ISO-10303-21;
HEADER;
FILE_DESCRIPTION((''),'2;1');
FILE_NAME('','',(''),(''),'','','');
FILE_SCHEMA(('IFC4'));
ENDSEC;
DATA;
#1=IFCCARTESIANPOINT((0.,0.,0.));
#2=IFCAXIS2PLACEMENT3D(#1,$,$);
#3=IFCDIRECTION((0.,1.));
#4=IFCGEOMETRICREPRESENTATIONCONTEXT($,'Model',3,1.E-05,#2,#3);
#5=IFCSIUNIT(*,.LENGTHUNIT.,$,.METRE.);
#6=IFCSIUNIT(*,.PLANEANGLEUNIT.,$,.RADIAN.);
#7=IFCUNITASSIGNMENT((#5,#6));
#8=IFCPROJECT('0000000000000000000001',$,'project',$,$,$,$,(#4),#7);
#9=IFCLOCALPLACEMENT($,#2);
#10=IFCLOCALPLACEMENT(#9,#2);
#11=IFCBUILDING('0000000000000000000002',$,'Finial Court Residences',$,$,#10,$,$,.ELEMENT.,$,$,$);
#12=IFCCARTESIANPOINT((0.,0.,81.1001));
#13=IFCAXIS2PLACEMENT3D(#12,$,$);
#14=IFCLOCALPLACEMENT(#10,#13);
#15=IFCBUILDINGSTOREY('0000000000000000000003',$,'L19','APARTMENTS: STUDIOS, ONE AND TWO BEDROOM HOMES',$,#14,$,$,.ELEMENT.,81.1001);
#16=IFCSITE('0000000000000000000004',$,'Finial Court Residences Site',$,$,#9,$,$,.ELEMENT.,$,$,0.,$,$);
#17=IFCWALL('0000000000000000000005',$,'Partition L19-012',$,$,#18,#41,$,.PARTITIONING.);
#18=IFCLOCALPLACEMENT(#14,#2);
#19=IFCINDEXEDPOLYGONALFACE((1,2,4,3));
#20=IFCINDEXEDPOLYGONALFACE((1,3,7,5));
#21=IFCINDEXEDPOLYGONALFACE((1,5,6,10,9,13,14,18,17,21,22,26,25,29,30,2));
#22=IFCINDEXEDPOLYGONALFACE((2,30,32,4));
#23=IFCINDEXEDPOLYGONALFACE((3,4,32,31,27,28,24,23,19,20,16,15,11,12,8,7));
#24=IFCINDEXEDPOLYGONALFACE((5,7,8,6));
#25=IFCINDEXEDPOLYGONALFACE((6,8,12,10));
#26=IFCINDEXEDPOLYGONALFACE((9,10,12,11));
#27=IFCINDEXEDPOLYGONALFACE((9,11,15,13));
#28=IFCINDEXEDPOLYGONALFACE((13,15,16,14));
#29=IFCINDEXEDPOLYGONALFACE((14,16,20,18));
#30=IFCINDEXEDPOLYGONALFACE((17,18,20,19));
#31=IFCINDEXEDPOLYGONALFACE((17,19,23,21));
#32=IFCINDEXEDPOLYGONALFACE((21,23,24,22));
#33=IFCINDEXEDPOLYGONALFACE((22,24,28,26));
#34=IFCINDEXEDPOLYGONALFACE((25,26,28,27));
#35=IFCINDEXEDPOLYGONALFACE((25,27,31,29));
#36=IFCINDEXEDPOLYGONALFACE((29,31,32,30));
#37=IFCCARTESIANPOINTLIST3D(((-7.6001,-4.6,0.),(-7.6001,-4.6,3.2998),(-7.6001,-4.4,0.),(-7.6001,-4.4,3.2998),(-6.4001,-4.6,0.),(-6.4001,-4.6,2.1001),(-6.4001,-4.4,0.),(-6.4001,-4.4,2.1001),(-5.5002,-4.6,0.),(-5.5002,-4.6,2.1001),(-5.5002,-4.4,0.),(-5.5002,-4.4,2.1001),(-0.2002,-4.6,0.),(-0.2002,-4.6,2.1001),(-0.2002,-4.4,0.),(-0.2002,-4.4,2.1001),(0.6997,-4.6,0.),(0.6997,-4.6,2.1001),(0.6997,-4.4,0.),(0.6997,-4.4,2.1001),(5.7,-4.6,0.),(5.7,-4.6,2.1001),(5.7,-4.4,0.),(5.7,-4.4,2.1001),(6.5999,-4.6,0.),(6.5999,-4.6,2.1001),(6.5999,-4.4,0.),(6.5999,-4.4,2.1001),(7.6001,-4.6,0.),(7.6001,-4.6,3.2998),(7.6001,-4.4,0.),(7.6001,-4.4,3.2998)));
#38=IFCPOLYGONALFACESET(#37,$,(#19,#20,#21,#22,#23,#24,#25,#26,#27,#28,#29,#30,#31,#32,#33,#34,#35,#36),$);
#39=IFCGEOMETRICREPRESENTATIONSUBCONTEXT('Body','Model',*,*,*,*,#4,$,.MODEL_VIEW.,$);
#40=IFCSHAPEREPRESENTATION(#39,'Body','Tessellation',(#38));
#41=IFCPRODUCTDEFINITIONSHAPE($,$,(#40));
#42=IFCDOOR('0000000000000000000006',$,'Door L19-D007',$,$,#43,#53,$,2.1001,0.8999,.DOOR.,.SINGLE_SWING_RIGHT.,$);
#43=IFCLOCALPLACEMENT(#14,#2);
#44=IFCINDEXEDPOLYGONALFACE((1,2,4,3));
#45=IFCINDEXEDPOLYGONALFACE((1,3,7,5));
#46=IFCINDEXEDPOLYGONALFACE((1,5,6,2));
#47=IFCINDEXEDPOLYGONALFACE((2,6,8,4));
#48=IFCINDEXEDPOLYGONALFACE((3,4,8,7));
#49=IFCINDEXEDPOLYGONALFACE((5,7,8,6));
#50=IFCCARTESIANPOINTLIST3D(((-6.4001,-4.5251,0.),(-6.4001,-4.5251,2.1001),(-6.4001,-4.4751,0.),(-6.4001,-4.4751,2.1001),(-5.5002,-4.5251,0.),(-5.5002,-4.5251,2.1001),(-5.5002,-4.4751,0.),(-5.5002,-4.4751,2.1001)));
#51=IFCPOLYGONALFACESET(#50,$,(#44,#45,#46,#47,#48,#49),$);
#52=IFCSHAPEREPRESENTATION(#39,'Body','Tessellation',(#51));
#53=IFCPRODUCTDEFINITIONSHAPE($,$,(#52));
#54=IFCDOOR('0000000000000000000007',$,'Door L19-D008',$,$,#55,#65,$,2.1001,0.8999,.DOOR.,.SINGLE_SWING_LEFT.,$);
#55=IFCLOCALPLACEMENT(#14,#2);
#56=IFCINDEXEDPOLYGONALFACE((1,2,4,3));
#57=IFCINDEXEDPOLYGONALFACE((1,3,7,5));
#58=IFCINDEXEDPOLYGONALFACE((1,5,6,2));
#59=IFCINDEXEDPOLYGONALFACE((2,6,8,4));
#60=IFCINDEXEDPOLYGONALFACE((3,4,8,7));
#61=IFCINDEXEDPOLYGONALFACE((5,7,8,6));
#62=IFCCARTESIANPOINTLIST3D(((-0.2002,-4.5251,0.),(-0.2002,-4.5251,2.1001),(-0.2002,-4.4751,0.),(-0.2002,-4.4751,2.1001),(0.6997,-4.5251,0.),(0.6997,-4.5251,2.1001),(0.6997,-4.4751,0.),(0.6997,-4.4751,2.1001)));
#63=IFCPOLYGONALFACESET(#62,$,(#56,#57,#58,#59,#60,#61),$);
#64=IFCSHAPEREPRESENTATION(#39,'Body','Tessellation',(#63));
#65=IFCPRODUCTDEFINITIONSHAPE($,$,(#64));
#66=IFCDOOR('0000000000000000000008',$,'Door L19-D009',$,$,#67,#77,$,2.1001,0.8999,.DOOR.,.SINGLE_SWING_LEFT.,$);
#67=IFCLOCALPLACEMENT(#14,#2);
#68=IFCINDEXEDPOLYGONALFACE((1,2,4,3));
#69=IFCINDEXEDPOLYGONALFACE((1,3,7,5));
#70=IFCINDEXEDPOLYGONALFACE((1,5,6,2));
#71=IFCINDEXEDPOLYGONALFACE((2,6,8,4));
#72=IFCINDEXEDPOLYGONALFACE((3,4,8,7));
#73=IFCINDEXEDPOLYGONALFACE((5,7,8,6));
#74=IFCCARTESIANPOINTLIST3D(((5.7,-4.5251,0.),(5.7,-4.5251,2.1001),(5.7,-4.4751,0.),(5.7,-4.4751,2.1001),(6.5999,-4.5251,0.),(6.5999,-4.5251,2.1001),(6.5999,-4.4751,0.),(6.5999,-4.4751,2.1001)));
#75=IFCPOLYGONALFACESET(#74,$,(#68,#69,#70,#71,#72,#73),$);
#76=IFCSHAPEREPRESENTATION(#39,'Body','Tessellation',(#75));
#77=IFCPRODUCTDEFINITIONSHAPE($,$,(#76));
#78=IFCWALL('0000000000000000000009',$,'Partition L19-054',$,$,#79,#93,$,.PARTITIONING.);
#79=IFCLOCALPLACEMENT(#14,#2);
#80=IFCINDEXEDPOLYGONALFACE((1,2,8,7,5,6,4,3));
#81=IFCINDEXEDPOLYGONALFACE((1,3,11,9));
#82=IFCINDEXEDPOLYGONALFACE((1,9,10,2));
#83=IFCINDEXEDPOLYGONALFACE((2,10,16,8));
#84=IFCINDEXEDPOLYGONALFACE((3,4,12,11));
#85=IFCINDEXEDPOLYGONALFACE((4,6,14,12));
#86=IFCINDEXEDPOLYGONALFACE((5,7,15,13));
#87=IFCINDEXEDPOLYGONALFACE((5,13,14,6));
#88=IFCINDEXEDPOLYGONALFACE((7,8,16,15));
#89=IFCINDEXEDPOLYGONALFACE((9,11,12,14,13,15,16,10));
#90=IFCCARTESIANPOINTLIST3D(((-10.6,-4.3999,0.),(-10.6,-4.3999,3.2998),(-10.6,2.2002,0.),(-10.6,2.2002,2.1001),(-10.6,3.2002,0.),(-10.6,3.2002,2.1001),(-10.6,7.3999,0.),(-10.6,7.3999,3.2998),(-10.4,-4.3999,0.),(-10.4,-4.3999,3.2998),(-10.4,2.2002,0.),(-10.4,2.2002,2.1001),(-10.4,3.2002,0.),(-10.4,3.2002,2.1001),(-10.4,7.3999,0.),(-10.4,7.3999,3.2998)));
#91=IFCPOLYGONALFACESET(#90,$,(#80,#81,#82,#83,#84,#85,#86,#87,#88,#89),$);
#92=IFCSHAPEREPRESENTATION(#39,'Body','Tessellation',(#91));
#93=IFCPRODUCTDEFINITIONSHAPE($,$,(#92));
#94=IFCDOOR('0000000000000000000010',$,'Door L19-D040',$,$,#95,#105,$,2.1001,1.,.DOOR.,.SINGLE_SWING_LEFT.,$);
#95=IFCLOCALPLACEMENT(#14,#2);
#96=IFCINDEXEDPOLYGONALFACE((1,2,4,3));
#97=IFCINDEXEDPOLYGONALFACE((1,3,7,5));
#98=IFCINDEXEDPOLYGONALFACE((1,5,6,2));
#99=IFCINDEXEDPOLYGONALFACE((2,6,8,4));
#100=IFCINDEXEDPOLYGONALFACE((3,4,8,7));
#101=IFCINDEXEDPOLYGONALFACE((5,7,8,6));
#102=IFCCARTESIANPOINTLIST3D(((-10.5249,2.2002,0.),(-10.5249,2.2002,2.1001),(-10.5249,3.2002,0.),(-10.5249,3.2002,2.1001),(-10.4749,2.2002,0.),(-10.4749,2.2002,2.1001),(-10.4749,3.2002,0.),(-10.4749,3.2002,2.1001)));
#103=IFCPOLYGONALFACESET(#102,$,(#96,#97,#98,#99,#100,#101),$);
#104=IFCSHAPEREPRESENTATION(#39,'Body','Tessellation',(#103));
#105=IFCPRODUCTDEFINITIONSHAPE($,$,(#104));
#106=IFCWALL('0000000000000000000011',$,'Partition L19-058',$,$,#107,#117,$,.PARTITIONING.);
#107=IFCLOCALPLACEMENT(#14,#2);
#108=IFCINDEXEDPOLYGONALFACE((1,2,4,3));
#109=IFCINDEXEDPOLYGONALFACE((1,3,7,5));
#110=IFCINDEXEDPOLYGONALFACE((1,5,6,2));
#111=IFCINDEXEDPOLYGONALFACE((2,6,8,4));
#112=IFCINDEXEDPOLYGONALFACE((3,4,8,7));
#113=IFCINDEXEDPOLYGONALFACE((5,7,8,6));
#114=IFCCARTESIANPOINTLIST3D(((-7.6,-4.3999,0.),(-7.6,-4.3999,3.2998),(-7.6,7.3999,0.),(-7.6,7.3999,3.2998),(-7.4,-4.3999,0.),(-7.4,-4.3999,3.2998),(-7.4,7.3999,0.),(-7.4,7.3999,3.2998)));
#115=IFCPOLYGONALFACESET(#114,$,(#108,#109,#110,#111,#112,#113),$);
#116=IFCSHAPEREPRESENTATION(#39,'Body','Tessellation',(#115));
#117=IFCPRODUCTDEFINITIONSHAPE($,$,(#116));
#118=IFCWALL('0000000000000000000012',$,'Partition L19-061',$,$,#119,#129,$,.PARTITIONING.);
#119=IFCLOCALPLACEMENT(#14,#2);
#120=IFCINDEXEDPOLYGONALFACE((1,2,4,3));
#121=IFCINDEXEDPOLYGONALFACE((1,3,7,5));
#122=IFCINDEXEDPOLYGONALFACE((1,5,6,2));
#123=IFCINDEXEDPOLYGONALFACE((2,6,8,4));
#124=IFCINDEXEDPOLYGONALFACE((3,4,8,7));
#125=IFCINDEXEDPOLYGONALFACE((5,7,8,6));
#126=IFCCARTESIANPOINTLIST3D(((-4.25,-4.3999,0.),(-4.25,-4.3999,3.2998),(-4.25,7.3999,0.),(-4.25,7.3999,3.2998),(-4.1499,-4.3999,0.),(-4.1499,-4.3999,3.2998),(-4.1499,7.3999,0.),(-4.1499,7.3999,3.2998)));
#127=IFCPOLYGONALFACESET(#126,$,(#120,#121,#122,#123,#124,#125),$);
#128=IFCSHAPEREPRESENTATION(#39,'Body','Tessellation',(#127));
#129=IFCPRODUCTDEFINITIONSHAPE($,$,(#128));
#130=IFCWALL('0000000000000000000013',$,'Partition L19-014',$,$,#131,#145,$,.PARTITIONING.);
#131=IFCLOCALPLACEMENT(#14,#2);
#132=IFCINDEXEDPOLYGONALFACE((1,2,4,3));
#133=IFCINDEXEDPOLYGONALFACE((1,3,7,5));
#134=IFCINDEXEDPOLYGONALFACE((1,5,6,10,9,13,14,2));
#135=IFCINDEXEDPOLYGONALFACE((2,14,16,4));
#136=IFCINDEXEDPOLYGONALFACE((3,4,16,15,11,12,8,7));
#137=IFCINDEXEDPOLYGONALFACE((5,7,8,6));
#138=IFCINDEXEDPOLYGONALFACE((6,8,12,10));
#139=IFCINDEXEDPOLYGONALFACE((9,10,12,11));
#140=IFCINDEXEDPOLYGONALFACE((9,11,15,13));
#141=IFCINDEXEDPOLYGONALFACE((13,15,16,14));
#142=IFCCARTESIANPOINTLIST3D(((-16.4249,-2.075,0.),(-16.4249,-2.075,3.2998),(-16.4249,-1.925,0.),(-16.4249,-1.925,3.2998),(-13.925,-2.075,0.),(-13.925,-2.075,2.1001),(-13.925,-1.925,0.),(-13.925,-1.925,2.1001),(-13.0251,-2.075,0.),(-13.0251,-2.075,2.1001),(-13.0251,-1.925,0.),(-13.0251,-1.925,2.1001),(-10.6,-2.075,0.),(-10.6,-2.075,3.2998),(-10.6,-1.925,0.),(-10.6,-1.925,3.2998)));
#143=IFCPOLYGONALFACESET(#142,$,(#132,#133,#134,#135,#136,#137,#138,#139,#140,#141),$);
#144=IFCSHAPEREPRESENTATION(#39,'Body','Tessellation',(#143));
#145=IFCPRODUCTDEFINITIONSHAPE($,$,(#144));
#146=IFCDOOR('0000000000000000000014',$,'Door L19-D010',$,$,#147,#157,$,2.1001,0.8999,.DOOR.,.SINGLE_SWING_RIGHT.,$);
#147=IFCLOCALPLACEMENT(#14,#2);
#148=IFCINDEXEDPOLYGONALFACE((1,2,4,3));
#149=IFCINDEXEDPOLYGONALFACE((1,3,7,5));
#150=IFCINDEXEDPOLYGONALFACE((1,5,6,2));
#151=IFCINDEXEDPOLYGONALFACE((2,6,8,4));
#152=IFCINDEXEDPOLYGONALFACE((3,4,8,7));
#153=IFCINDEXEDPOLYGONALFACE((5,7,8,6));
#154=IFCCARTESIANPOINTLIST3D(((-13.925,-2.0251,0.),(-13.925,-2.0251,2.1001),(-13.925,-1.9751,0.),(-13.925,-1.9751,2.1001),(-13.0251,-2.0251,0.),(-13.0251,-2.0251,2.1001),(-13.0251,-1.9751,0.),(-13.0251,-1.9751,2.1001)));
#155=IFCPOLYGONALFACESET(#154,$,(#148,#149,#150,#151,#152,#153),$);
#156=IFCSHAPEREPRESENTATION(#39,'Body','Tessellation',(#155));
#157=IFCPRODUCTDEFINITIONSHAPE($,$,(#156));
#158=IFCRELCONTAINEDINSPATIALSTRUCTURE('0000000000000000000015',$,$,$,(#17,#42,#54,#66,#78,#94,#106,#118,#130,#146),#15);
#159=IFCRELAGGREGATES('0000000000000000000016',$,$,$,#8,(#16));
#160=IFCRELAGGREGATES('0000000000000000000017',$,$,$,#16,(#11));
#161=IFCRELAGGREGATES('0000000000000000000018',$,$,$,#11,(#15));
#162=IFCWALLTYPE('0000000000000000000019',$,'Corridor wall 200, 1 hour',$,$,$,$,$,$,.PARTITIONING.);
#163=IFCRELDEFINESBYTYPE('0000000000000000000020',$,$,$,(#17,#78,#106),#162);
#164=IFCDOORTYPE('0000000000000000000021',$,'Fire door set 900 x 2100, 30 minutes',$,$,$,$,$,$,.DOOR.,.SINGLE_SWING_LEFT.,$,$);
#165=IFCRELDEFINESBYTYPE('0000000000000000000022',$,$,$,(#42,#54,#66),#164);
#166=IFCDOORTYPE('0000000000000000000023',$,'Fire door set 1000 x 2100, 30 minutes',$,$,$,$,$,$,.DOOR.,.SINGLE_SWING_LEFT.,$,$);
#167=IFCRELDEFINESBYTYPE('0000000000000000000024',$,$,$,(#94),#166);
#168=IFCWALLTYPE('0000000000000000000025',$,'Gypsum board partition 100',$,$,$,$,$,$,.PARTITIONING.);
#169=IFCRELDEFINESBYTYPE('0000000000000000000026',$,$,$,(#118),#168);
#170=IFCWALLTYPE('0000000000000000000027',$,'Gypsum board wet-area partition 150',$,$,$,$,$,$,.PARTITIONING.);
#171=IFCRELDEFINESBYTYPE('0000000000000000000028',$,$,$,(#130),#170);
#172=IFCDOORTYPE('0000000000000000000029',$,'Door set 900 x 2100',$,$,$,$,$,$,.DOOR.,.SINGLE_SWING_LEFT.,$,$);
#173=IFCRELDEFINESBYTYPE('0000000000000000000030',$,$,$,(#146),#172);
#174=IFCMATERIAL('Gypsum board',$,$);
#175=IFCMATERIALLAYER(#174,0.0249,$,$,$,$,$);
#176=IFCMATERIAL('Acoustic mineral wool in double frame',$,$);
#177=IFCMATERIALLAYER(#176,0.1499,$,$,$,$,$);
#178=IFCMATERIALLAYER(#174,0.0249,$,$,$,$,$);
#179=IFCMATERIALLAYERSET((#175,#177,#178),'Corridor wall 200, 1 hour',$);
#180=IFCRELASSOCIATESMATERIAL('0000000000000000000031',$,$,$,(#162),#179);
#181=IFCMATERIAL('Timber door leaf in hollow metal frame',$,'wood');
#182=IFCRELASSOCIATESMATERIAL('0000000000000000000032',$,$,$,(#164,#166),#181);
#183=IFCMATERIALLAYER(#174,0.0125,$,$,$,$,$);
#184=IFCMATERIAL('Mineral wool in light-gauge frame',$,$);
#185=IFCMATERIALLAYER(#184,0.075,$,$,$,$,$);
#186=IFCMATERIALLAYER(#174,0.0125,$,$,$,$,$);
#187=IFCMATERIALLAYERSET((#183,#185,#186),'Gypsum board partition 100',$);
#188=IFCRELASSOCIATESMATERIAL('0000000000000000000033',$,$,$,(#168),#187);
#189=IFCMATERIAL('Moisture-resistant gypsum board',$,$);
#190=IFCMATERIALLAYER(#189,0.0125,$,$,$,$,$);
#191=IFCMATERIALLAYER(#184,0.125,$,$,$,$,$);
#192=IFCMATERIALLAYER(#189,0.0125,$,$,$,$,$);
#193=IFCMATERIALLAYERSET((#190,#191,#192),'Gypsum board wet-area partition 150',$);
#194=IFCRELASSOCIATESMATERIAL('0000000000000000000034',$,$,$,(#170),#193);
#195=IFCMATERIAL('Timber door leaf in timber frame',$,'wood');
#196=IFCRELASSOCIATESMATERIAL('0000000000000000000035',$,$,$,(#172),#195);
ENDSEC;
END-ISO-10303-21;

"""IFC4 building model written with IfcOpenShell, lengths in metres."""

from ifc_helpers import new_model, si_unit, direction, frame, frame_2d, origin, place, context, subcontext, project, spatial, rectangle, extrude, material, layer, layer_set, type_object, element, fill, save


model = new_model("IFC4")

# Units and contexts
model_context = context("Model", 3, precision=1e-05, world=origin(), true_north=direction((0.0, 1.0)))
body_context = subcontext(model_context, "Body", "Model", "MODEL_VIEW")
ifc_project = project(units=[si_unit("LENGTHUNIT", "METRE"), si_unit("PLANEANGLEUNIT", "RADIAN")], contexts=[model_context])

# Site, building, storey
site_placement = place(None, origin())
site = spatial("IfcSite", under=ifc_project, at=site_placement, Name="Finial Court Residences Site", CompositionType="ELEMENT", RefElevation=0.0)
building_placement = place(site_placement, origin())
building = spatial("IfcBuilding", under=site, at=building_placement, Name="Finial Court Residences", CompositionType="ELEMENT")
storey_placement = place(building_placement, frame((0.0, 0.0, 81.1001)))
storey = spatial("IfcBuildingStorey", under=building, at=storey_placement, Name="L19", Description="APARTMENTS: STUDIOS, ONE AND TWO BEDROOM HOMES", CompositionType="ELEMENT", Elevation=81.1001)

# Wall, openings, doors
ifc_material_1 = material(Name="Gypsum board")
ifc_layer_1 = layer(ifc_material_1, 0.0249)
ifc_material_2 = material(Name="Acoustic mineral wool in double frame")
ifc_layer_2 = layer(ifc_material_2, 0.1499)
ifc_layer_3 = layer(ifc_material_1, 0.0249)
ifc_layer_set_1 = layer_set([ifc_layer_1, ifc_layer_2, ifc_layer_3], Name="Corridor wall 200, 1 hour")
wall_type_1 = type_object("IfcWallType", Name="Corridor wall 200, 1 hour", PredefinedType="PARTITIONING", material=ifc_layer_set_1)
wall_1_placement = place(storey_placement, frame((-7.6001, -4.5, 0.0), z_axis=(0.0, 0.0, 1.0), x_axis=(1.0, 0.0, 0.0)))
wall_1 = element("IfcWall", 1, at=wall_1_placement, inside=storey, type_object=wall_type_1, Name="Partition L19-012", PredefinedType="PARTITIONING", context=body_context, shape_type="SweptSolid", body=[
    extrude(rectangle(XDim=15.2002, YDim=0.2, at=frame_2d((7.6001, 0.0))), origin(), (0.0, 0.0, 1.0), 3.2998),
])
opening_1_placement = place(wall_1_placement, frame((1.2, 0.0, 0.0)))
opening_1 = element("IfcOpeningElement", 2, at=opening_1_placement, cuts=wall_1, PredefinedType="OPENING", context=body_context, shape_type="SweptSolid", body=[
    extrude(rectangle(XDim=0.8999, YDim=2.1001, at=frame_2d((0.45, 1.05))), frame((0.0, 0.1099, 0.0), z_axis=(0.0, -1.0, 0.0), x_axis=(1.0, 0.0, 0.0)), (0.0, 0.0, 1.0), 0.22),
])
opening_2_placement = place(wall_1_placement, frame((7.3999, 0.0, 0.0)))
opening_2 = element("IfcOpeningElement", 3, at=opening_2_placement, cuts=wall_1, PredefinedType="OPENING", context=body_context, shape_type="SweptSolid", body=[
    extrude(rectangle(XDim=0.8999, YDim=2.1001, at=frame_2d((0.45, 1.05))), frame((0.0, 0.1099, 0.0), z_axis=(0.0, -1.0, 0.0), x_axis=(1.0, 0.0, 0.0)), (0.0, 0.0, 1.0), 0.22),
])
opening_3_placement = place(wall_1_placement, frame((13.3, 0.0, 0.0)))
opening_3 = element("IfcOpeningElement", 4, at=opening_3_placement, cuts=wall_1, PredefinedType="OPENING", context=body_context, shape_type="SweptSolid", body=[
    extrude(rectangle(XDim=0.8999, YDim=2.1001, at=frame_2d((0.45, 1.05))), frame((0.0, 0.1099, 0.0), z_axis=(0.0, -1.0, 0.0), x_axis=(1.0, 0.0, 0.0)), (0.0, 0.0, 1.0), 0.22),
])
ifc_material_3 = material(Name="Timber door leaf in hollow metal frame", Category="wood")
door_type_1 = type_object("IfcDoorType", Name="Fire door set 900 x 2100, 30 minutes", OperationType="SINGLE_SWING_LEFT", PredefinedType="DOOR", material=ifc_material_3)
door_1_placement = place(opening_1_placement, origin())
door_1 = element("IfcDoor", 5, at=door_1_placement, inside=storey, type_object=door_type_1, Name="Door L19-D007", OperationType="SINGLE_SWING_RIGHT", OverallHeight=2.1001, OverallWidth=0.8999, PredefinedType="DOOR", context=body_context, shape_type="SweptSolid", body=[
    extrude(rectangle(XDim=0.8999, YDim=2.1001, at=frame_2d((0.45, 1.05))), frame((0.0, 0.0249, 0.0), z_axis=(0.0, -1.0, 0.0), x_axis=(1.0, 0.0, 0.0)), (0.0, 0.0, 1.0), 0.05),
])
fill(opening_1, door_1)
door_2_placement = place(opening_2_placement, origin())
door_2 = element("IfcDoor", 6, at=door_2_placement, inside=storey, type_object=door_type_1, Name="Door L19-D008", OperationType="SINGLE_SWING_LEFT", OverallHeight=2.1001, OverallWidth=0.8999, PredefinedType="DOOR", context=body_context, shape_type="SweptSolid", body=[
    extrude(rectangle(XDim=0.8999, YDim=2.1001, at=frame_2d((0.45, 1.05))), frame((0.0, 0.0249, 0.0), z_axis=(0.0, -1.0, 0.0), x_axis=(1.0, 0.0, 0.0)), (0.0, 0.0, 1.0), 0.05),
])
fill(opening_2, door_2)
door_3_placement = place(opening_3_placement, origin())
door_3 = element("IfcDoor", 7, at=door_3_placement, inside=storey, type_object=door_type_1, Name="Door L19-D009", OperationType="SINGLE_SWING_LEFT", OverallHeight=2.1001, OverallWidth=0.8999, PredefinedType="DOOR", context=body_context, shape_type="SweptSolid", body=[
    extrude(rectangle(XDim=0.8999, YDim=2.1001, at=frame_2d((0.45, 1.05))), frame((0.0, 0.0249, 0.0), z_axis=(0.0, -1.0, 0.0), x_axis=(1.0, 0.0, 0.0)), (0.0, 0.0, 1.0), 0.05),
])
fill(opening_3, door_3)

# Wall, opening, door
wall_2_placement = place(storey_placement, frame((-10.5, -4.3999, 0.0), z_axis=(0.0, 0.0, 1.0), x_axis=(0.0, 1.0, 0.0)))
wall_2 = element("IfcWall", 8, at=wall_2_placement, inside=storey, type_object=wall_type_1, Name="Partition L19-054", PredefinedType="PARTITIONING", context=body_context, shape_type="SweptSolid", body=[
    extrude(rectangle(XDim=11.7998, YDim=0.2, at=frame_2d((5.8999, 0.0))), origin(), (0.0, 0.0, 1.0), 3.2998),
])
opening_4_placement = place(wall_2_placement, frame((6.6001, 0.0, 0.0)))
opening_4 = element("IfcOpeningElement", 9, at=opening_4_placement, cuts=wall_2, PredefinedType="OPENING", context=body_context, shape_type="SweptSolid", body=[
    extrude(rectangle(XDim=1.0, YDim=2.1001, at=frame_2d((0.5, 1.05))), frame((0.0, 0.1099, 0.0), z_axis=(0.0, -1.0, 0.0), x_axis=(1.0, 0.0, 0.0)), (0.0, 0.0, 1.0), 0.22),
])
door_type_2 = type_object("IfcDoorType", Name="Fire door set 1000 x 2100, 30 minutes", OperationType="SINGLE_SWING_LEFT", PredefinedType="DOOR", material=ifc_material_3)
door_4_placement = place(opening_4_placement, origin())
door_4 = element("IfcDoor", 10, at=door_4_placement, inside=storey, type_object=door_type_2, Name="Door L19-D040", OperationType="SINGLE_SWING_LEFT", OverallHeight=2.1001, OverallWidth=1.0, PredefinedType="DOOR", context=body_context, shape_type="SweptSolid", body=[
    extrude(rectangle(XDim=1.0, YDim=2.1001, at=frame_2d((0.5, 1.05))), frame((0.0, 0.0249, 0.0), z_axis=(0.0, -1.0, 0.0), x_axis=(1.0, 0.0, 0.0)), (0.0, 0.0, 1.0), 0.05),
])
fill(opening_4, door_4)

# Walls
wall_3_placement = place(storey_placement, frame((-7.5, -4.3999, 0.0), z_axis=(0.0, 0.0, 1.0), x_axis=(0.0, 1.0, 0.0)))
element("IfcWall", 11, at=wall_3_placement, inside=storey, type_object=wall_type_1, Name="Partition L19-058", PredefinedType="PARTITIONING", context=body_context, shape_type="SweptSolid", body=[
    extrude(rectangle(XDim=11.7998, YDim=0.2, at=frame_2d((5.8999, 0.0))), origin(), (0.0, 0.0, 1.0), 3.2998),
])
ifc_layer_4 = layer(ifc_material_1, 0.0125)
ifc_material_4 = material(Name="Mineral wool in light-gauge frame")
ifc_layer_5 = layer(ifc_material_4, 0.075)
ifc_layer_6 = layer(ifc_material_1, 0.0125)
ifc_layer_set_2 = layer_set([ifc_layer_4, ifc_layer_5, ifc_layer_6], Name="Gypsum board partition 100")
wall_type_2 = type_object("IfcWallType", Name="Gypsum board partition 100", PredefinedType="PARTITIONING", material=ifc_layer_set_2)
wall_4_placement = place(storey_placement, frame((-4.2, -4.3999, 0.0), z_axis=(0.0, 0.0, 1.0), x_axis=(0.0, 1.0, 0.0)))
element("IfcWall", 12, at=wall_4_placement, inside=storey, type_object=wall_type_2, Name="Partition L19-061", PredefinedType="PARTITIONING", context=body_context, shape_type="SweptSolid", body=[
    extrude(rectangle(XDim=11.7998, YDim=0.1001, at=frame_2d((5.8999, 0.0))), origin(), (0.0, 0.0, 1.0), 3.2998),
])

# Wall, opening, door
ifc_material_5 = material(Name="Moisture-resistant gypsum board")
ifc_layer_7 = layer(ifc_material_5, 0.0125)
ifc_layer_8 = layer(ifc_material_4, 0.125)
ifc_layer_9 = layer(ifc_material_5, 0.0125)
ifc_layer_set_3 = layer_set([ifc_layer_7, ifc_layer_8, ifc_layer_9], Name="Gypsum board wet-area partition 150")
wall_type_3 = type_object("IfcWallType", Name="Gypsum board wet-area partition 150", PredefinedType="PARTITIONING", material=ifc_layer_set_3)
wall_5_placement = place(storey_placement, frame((-16.425, -2.0, 0.0), z_axis=(0.0, 0.0, 1.0), x_axis=(1.0, 0.0, 0.0)))
wall_5 = element("IfcWall", 13, at=wall_5_placement, inside=storey, type_object=wall_type_3, Name="Partition L19-014", PredefinedType="PARTITIONING", context=body_context, shape_type="SweptSolid", body=[
    extrude(rectangle(XDim=5.825, YDim=0.1499, at=frame_2d((2.9126, 0.0))), origin(), (0.0, 0.0, 1.0), 3.2998),
])
opening_5_placement = place(wall_5_placement, frame((2.5, 0.0, 0.0)))
opening_5 = element("IfcOpeningElement", 14, at=opening_5_placement, cuts=wall_5, PredefinedType="OPENING", context=body_context, shape_type="SweptSolid", body=[
    extrude(rectangle(XDim=0.8999, YDim=2.1001, at=frame_2d((0.45, 1.05))), frame((0.0, 0.085, 0.0), z_axis=(0.0, -1.0, 0.0), x_axis=(1.0, 0.0, 0.0)), (0.0, 0.0, 1.0), 0.1699),
])
ifc_material_6 = material(Name="Timber door leaf in timber frame", Category="wood")
door_type_3 = type_object("IfcDoorType", Name="Door set 900 x 2100", OperationType="SINGLE_SWING_LEFT", PredefinedType="DOOR", material=ifc_material_6)
door_5_placement = place(opening_5_placement, origin())
door_5 = element("IfcDoor", 15, at=door_5_placement, inside=storey, type_object=door_type_3, Name="Door L19-D010", OperationType="SINGLE_SWING_RIGHT", OverallHeight=2.1001, OverallWidth=0.8999, PredefinedType="DOOR", context=body_context, shape_type="SweptSolid", body=[
    extrude(rectangle(XDim=0.8999, YDim=2.1001, at=frame_2d((0.45, 1.05))), frame((0.0, 0.0249, 0.0), z_axis=(0.0, -1.0, 0.0), x_axis=(1.0, 0.0, 0.0)), (0.0, 0.0, 1.0), 0.05),
])
fill(opening_5, door_5)

save(model, "model.ifc")
